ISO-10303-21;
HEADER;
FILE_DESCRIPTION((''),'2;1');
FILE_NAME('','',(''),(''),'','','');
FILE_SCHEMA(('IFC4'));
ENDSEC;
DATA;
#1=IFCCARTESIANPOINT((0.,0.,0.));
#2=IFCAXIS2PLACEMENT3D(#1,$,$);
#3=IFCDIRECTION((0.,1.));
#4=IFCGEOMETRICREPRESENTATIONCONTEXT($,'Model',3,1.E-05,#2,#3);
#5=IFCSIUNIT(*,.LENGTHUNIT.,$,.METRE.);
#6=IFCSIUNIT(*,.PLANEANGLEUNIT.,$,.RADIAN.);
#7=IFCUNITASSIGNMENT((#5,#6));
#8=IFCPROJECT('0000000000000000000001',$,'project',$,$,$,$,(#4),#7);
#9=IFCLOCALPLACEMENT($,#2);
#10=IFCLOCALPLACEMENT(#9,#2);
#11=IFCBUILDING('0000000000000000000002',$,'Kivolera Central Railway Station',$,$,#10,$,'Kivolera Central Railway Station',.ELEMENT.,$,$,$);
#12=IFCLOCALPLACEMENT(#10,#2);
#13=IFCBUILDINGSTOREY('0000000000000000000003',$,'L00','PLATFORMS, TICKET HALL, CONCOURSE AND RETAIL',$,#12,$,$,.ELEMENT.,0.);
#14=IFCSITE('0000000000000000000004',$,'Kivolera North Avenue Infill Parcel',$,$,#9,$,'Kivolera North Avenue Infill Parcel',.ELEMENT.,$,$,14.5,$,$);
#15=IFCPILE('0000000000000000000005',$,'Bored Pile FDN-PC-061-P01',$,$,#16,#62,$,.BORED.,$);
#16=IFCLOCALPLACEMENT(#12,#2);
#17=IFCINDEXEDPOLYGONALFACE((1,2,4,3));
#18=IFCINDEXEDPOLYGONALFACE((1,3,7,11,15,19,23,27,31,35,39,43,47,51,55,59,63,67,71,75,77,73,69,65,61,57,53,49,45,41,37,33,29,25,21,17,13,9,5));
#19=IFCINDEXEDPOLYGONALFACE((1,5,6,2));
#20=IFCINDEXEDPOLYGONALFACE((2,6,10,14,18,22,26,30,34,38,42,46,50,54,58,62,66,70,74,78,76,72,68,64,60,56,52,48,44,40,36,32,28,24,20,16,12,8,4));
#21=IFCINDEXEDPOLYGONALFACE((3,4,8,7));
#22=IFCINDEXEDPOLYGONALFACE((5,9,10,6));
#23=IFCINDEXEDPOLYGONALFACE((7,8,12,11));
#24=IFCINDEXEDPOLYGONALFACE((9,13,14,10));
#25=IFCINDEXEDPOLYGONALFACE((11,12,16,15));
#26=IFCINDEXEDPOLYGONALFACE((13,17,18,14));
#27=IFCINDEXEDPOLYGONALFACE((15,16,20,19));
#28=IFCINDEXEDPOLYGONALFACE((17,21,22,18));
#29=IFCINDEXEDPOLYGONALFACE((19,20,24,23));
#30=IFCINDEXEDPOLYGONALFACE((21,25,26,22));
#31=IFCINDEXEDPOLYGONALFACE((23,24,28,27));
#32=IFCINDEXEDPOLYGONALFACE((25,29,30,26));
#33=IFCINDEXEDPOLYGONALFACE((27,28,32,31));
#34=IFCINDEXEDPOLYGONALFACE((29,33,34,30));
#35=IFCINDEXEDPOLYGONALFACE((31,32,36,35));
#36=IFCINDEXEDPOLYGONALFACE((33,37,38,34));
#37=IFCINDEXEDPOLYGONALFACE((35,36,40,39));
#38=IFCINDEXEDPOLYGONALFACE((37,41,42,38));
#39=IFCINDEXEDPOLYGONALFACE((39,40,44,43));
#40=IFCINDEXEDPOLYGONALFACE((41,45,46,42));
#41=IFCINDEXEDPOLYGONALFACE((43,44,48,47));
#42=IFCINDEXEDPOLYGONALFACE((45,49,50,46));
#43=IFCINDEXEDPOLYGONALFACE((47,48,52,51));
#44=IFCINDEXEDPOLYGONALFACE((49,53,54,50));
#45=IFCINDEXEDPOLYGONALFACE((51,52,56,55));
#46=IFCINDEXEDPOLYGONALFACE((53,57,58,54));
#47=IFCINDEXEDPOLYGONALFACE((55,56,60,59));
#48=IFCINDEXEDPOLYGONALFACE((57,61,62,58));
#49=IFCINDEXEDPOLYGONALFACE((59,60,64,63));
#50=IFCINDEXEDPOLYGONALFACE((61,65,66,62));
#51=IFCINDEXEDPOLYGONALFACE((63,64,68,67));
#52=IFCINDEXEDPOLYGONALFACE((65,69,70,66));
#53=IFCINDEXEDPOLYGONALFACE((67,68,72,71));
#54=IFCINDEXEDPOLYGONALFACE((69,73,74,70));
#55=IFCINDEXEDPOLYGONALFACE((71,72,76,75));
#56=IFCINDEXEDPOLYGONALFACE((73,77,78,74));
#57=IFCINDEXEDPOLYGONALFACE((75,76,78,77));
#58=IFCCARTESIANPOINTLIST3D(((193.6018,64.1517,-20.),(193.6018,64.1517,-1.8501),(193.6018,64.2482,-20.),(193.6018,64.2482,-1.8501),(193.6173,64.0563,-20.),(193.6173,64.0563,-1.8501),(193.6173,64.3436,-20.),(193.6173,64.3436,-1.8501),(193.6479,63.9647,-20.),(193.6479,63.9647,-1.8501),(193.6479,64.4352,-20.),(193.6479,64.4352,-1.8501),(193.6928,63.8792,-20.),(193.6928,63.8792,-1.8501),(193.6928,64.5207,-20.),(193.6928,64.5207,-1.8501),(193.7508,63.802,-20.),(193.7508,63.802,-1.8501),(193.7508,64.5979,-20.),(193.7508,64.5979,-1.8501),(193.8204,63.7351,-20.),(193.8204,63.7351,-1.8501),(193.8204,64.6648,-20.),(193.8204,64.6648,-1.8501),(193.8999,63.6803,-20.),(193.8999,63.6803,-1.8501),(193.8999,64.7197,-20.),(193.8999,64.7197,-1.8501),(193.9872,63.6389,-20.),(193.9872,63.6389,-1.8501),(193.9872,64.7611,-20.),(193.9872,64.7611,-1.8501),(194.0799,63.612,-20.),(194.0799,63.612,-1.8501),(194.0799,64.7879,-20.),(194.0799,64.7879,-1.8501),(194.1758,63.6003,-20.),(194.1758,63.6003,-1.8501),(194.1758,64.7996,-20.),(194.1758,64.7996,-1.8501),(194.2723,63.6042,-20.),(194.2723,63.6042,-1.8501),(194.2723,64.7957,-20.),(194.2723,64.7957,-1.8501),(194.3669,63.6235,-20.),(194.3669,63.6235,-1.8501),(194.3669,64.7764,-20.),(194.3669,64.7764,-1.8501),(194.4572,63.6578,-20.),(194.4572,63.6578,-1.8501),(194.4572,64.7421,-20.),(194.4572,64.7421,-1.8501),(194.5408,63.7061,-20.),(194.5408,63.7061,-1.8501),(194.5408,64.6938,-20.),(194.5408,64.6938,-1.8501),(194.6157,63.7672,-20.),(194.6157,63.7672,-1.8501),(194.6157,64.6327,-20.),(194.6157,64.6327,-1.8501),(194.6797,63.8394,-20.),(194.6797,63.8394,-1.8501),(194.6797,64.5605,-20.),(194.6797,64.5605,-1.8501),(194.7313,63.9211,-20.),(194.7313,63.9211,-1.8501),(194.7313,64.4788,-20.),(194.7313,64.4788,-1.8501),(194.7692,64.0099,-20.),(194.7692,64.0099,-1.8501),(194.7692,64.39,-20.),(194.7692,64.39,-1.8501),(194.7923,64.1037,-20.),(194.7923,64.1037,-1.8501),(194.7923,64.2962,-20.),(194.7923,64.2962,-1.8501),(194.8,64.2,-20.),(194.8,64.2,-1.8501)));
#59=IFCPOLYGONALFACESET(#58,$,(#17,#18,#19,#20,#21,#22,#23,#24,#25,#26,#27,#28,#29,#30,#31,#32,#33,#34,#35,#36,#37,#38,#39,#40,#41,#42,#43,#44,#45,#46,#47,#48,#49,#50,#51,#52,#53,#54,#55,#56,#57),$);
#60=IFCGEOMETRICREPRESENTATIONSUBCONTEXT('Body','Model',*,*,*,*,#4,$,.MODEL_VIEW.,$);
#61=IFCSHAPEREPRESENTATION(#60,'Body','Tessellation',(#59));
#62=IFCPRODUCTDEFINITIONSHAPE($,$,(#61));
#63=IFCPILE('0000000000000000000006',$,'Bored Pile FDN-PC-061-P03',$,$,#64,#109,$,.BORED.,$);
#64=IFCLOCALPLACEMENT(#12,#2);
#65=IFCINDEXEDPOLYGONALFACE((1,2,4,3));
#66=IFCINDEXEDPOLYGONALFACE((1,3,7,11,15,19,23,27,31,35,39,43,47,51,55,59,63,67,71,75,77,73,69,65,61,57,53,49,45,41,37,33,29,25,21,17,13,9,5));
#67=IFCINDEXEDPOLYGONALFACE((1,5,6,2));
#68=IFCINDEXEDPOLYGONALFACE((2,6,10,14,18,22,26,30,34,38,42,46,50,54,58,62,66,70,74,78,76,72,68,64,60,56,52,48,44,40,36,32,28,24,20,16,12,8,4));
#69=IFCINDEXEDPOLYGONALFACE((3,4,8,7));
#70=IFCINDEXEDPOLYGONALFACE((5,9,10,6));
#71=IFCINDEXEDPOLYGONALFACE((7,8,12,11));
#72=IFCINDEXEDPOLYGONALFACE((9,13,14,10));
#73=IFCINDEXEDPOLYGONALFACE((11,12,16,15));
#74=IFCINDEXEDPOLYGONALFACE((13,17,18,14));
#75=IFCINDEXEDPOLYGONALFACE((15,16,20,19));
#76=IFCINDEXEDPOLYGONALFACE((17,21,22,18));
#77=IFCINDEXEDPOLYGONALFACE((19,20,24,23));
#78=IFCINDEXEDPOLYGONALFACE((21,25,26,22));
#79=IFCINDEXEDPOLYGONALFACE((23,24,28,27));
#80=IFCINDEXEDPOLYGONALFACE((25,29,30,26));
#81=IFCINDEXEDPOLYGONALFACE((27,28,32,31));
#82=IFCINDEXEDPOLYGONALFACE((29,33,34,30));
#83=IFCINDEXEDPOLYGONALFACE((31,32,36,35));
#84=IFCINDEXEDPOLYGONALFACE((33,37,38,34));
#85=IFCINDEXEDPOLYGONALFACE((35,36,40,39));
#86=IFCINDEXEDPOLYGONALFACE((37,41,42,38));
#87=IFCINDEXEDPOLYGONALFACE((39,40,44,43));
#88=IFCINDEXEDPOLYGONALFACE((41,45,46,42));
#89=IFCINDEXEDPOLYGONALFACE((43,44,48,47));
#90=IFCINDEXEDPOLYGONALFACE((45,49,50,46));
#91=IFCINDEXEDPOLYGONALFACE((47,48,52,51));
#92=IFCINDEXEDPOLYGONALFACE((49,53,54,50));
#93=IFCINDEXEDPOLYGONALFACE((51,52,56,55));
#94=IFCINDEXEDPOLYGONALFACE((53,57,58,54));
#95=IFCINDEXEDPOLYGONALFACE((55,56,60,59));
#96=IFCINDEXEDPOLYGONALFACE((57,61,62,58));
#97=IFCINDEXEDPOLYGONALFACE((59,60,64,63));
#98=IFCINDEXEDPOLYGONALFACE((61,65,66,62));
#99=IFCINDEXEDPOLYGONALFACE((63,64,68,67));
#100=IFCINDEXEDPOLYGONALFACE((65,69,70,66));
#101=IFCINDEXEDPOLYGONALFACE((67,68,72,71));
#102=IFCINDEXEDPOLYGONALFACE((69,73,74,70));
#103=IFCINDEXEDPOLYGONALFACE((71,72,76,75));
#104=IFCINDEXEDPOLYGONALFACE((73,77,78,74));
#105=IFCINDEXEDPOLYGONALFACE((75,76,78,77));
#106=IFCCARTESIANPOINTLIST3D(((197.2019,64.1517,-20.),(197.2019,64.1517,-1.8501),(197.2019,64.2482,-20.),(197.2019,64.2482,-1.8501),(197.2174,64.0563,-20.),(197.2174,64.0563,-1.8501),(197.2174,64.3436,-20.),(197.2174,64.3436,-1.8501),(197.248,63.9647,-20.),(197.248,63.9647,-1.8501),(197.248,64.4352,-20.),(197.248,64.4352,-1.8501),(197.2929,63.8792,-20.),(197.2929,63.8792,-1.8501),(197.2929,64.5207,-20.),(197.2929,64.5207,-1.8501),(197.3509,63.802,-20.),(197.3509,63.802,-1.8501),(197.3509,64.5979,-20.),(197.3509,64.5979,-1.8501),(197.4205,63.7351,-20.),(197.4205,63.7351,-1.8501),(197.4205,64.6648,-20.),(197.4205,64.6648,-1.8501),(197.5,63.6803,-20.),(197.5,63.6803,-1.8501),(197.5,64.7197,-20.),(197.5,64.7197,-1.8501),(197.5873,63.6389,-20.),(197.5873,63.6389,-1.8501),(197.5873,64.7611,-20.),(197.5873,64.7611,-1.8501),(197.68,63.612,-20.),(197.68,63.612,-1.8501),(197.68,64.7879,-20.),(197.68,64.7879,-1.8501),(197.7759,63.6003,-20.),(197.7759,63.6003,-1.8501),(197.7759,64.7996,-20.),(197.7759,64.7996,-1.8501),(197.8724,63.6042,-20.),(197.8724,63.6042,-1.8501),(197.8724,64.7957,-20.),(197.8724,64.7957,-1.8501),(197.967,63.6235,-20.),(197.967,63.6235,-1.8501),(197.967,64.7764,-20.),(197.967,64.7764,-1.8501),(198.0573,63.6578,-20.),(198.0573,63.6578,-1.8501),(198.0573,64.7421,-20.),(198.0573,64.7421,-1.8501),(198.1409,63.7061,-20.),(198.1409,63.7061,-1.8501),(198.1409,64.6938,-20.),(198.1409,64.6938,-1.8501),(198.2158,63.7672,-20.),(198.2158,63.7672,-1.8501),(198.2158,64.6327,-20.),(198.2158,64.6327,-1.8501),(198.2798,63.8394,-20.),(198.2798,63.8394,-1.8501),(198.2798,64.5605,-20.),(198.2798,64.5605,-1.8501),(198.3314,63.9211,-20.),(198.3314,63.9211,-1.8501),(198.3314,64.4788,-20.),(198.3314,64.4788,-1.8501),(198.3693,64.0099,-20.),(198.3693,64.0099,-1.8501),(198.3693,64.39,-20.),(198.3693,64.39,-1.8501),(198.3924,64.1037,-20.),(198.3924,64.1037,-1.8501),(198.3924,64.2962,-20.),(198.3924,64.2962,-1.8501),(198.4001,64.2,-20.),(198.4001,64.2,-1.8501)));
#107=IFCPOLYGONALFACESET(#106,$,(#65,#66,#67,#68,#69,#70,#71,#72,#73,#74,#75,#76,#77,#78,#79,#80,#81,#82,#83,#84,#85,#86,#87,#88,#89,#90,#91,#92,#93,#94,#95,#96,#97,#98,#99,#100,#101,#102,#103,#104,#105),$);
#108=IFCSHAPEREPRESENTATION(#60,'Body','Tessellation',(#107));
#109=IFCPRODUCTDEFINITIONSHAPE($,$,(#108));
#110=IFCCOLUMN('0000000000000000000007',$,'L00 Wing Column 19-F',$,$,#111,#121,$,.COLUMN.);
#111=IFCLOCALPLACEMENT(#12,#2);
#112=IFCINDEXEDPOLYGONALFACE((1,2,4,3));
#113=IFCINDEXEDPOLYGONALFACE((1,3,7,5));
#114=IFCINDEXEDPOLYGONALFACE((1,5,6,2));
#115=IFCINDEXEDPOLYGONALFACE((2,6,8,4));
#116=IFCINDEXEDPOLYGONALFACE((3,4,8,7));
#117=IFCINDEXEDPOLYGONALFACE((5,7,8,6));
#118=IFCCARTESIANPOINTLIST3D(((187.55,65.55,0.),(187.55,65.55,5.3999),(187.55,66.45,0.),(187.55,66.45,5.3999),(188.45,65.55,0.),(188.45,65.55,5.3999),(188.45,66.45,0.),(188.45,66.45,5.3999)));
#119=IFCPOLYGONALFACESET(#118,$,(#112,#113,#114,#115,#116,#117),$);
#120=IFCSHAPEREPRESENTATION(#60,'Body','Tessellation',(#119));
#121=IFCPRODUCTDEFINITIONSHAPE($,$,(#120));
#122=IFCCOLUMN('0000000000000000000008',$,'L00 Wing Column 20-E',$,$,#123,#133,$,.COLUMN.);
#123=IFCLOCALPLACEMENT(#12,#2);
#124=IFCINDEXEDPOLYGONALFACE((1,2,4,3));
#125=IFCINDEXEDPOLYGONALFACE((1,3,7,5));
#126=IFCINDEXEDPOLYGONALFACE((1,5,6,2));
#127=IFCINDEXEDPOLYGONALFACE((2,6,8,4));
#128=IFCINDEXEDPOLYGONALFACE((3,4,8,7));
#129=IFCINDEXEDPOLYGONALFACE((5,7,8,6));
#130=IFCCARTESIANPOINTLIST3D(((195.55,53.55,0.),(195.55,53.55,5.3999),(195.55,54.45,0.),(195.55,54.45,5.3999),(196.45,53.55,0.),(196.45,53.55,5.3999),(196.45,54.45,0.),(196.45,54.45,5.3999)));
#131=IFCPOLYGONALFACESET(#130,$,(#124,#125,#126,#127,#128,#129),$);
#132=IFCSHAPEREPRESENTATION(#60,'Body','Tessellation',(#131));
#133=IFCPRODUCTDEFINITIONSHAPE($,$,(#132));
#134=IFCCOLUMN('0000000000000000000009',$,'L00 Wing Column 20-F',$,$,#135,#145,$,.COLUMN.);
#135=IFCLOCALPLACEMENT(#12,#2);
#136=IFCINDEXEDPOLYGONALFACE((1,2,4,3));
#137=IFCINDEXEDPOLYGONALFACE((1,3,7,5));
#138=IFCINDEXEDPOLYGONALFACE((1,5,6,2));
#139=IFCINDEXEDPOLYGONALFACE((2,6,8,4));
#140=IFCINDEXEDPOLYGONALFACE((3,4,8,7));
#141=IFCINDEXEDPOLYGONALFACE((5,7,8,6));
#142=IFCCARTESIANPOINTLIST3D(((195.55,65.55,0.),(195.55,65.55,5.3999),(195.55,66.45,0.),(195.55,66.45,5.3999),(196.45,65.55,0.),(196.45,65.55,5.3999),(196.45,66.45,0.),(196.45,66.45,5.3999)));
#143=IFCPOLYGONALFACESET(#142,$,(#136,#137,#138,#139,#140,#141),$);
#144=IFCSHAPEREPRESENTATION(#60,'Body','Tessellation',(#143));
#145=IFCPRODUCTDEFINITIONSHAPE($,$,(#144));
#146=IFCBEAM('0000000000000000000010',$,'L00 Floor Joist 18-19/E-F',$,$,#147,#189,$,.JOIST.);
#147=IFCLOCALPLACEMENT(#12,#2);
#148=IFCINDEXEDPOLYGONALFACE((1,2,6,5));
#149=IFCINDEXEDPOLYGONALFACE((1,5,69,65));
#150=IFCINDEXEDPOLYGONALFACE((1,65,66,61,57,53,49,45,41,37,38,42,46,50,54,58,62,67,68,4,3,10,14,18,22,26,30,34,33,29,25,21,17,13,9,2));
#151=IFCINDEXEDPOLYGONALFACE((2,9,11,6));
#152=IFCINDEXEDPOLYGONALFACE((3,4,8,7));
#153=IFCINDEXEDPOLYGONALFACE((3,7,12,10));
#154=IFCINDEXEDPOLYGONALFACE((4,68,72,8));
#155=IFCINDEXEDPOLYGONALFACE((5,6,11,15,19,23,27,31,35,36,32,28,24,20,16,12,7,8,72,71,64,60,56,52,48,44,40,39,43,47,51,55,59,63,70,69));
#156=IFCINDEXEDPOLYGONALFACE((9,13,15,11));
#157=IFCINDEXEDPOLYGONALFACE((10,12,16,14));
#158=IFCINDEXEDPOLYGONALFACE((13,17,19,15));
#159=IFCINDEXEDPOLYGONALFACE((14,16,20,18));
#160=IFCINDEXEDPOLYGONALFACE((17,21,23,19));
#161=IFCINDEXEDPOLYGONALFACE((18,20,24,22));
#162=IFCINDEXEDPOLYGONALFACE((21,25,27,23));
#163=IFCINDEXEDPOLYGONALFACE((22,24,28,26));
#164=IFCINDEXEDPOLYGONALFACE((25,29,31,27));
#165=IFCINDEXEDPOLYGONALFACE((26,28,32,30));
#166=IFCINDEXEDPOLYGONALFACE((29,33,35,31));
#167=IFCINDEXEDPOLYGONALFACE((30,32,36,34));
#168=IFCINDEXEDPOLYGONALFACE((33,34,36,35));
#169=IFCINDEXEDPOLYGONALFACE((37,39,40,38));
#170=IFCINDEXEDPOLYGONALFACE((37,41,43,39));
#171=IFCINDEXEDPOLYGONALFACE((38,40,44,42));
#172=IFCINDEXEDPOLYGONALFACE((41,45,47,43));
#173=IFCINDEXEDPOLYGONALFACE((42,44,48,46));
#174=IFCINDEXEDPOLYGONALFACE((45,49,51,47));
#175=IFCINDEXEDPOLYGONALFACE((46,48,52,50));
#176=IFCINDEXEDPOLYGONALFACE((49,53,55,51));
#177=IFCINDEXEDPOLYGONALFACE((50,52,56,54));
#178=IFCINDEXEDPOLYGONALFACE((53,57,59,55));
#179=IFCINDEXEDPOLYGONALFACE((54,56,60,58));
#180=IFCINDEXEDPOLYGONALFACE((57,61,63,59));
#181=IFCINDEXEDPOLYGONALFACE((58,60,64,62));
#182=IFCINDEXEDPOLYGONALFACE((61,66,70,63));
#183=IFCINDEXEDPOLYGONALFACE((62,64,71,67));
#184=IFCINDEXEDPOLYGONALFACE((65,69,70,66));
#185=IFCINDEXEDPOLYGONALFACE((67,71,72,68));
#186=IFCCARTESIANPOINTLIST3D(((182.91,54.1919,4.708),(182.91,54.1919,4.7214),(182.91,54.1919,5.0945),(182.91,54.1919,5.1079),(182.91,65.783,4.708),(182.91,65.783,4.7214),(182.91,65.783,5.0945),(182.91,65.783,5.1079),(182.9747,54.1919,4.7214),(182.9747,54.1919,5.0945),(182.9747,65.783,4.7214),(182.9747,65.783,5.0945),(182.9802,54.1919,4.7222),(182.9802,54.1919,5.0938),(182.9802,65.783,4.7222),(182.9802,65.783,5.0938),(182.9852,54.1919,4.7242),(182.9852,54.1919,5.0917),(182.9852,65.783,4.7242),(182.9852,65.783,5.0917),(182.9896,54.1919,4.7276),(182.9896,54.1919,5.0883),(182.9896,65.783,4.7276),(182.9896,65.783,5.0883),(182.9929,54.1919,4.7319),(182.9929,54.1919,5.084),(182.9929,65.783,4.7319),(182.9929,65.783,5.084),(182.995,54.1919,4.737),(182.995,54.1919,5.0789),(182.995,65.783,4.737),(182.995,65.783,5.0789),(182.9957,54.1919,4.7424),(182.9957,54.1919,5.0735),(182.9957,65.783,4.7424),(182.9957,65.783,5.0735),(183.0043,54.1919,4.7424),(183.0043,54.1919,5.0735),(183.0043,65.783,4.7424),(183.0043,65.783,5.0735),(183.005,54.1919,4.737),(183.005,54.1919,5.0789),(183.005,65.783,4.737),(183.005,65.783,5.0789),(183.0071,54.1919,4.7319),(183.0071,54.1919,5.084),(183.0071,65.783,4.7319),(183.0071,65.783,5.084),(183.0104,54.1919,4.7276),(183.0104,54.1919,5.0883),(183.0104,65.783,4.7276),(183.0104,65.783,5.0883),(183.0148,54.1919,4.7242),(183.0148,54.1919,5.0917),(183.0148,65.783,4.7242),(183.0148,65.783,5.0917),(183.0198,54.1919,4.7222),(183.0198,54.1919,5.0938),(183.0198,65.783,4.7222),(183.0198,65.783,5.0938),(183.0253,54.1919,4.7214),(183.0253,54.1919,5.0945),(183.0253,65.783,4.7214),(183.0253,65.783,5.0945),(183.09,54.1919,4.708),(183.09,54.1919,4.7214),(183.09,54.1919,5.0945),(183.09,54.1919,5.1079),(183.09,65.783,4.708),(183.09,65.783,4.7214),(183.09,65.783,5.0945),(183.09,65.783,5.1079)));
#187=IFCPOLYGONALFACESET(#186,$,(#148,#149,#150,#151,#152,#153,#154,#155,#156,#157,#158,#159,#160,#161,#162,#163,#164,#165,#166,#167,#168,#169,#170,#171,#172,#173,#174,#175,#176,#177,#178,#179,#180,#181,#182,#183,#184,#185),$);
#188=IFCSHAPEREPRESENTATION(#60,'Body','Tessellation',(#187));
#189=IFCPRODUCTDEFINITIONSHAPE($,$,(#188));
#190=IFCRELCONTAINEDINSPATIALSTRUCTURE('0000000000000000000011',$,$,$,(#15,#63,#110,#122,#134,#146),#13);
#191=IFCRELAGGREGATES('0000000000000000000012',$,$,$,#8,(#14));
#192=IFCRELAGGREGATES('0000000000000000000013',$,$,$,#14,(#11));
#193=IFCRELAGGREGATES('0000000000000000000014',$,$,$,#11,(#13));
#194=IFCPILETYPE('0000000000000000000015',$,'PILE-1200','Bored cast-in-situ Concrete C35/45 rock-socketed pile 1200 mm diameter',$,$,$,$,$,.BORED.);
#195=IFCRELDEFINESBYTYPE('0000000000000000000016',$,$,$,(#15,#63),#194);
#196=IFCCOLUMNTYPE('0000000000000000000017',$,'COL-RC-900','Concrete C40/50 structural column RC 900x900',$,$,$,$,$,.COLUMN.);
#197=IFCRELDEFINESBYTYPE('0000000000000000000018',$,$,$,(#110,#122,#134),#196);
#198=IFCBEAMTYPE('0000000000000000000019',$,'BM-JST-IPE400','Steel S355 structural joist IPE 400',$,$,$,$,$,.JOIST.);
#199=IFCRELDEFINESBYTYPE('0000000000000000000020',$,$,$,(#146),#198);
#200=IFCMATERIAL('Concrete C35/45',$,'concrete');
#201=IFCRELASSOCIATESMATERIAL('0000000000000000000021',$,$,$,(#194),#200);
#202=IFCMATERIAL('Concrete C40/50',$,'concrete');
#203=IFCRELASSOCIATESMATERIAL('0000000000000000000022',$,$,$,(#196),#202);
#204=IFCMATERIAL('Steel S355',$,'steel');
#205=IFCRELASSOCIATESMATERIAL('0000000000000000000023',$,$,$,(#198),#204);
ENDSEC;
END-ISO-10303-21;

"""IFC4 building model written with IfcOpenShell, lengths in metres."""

from ifc_helpers import new_model, si_unit, direction, frame, origin, origin_2d, place, context, subcontext, project, spatial, rectangle, circle, i_section, extrude, material, material_profile, profile_set, type_object, element, save


model = new_model("IFC4")

# Units and contexts
model_context = context("Model", 3, precision=1e-05, world=origin(), true_north=direction((0.0, 1.0)))
body_context = subcontext(model_context, "Body", "Model", "MODEL_VIEW")
ifc_project = project(units=[si_unit("LENGTHUNIT", "METRE"), si_unit("PLANEANGLEUNIT", "RADIAN")], contexts=[model_context])

# Site, building, storey
site_placement = place(None, origin())
site = spatial("IfcSite", under=ifc_project, at=site_placement, Name="Kivolera North Avenue Infill Parcel", LongName="Kivolera North Avenue Infill Parcel", CompositionType="ELEMENT", RefElevation=14.5)
building_placement = place(site_placement, origin())
building = spatial("IfcBuilding", under=site, at=building_placement, Name="Kivolera Central Railway Station", LongName="Kivolera Central Railway Station", CompositionType="ELEMENT")
storey_placement = place(building_placement, origin())
storey = spatial("IfcBuildingStorey", under=building, at=storey_placement, Name="L00", Description="PLATFORMS, TICKET HALL, CONCOURSE AND RETAIL", CompositionType="ELEMENT", Elevation=0.0)

# Shared definitions
ifc_material_1 = material(Name="Concrete C35/45", Category="concrete")

# Piles
ifc_material_profile_1 = material_profile(ifc_material_1, circle(Radius=0.6001, at=origin_2d()), Name="PILE D1200")
ifc_profile_set_1 = profile_set([ifc_material_profile_1], Name="Concrete C35/45")
pile_type = type_object("IfcPileType", Name="PILE-1200", Description="Bored cast-in-situ Concrete C35/45 rock-socketed pile 1200 mm diameter", PredefinedType="BORED", material=ifc_profile_set_1)
for number, where, z_axis, x_axis, name in (
    (1, (194.2, 64.2, -1.8501), (0.0, 0.0, -1.0), (1.0, 0.0, 0.0), "Bored Pile FDN-PC-061-P01"),
    (2, (197.8, 64.2, -1.8501), (0.0, 0.0, -1.0), (1.0, 0.0, 0.0), "Bored Pile FDN-PC-061-P03"),
):
    element("IfcPile", number, at=place(storey_placement, frame(where, z_axis=z_axis, x_axis=x_axis)), inside=storey, type_object=pile_type, Name=name, PredefinedType="BORED", context=body_context, shape_type="SweptSolid", body=[
        extrude(circle(Radius=0.6001, at=origin_2d()), origin(), (0.0, 0.0, 1.0), 18.1499),
    ])

# Columns
ifc_material_2 = material(Name="Concrete C40/50", Category="concrete")
ifc_material_profile_2 = material_profile(ifc_material_2, rectangle(XDim=0.8999, YDim=0.8999, at=origin_2d()), Name="RC 900x900")
ifc_profile_set_2 = profile_set([ifc_material_profile_2], Name="Concrete C40/50")
column_type = type_object("IfcColumnType", Name="COL-RC-900", Description="Concrete C40/50 structural column RC 900x900", PredefinedType="COLUMN", material=ifc_profile_set_2)
for number, where, z_axis, x_axis, name in (
    (3, (188.0, 66.0, 0.0), (0.0, 0.0, 1.0), (1.0, 0.0, 0.0), "L00 Wing Column 19-F"),
    (4, (196.0, 54.0, 0.0), (0.0, 0.0, 1.0), (1.0, 0.0, 0.0), "L00 Wing Column 20-E"),
    (5, (196.0, 66.0, 0.0), (0.0, 0.0, 1.0), (1.0, 0.0, 0.0), "L00 Wing Column 20-F"),
):
    element("IfcColumn", number, at=place(storey_placement, frame(where, z_axis=z_axis, x_axis=x_axis)), inside=storey, type_object=column_type, Name=name, PredefinedType="COLUMN", context=body_context, shape_type="SweptSolid", body=[
        extrude(rectangle(XDim=0.8999, YDim=0.8999, at=origin_2d()), origin(), (0.0, 0.0, 1.0), 5.3999),
    ])

# Beam
ifc_material_3 = material(Name="Steel S355", Category="steel")
ifc_material_profile_3 = material_profile(ifc_material_3, i_section(OverallWidth=0.1799, OverallDepth=0.3999, WebThickness=0.0085, FlangeThickness=0.0134, FilletRadius=0.021, at=origin_2d()), Name="IPE 400")
ifc_profile_set_3 = profile_set([ifc_material_profile_3], Name="Steel S355")
beam_type_1 = type_object("IfcBeamType", Name="BM-JST-IPE400", Description="Steel S355 structural joist IPE 400", PredefinedType="JOIST", material=ifc_profile_set_3)
for number, where, z_axis, x_axis, name in (
    (6, (183.0, 54.1919, 4.908), (0.0, 1.0, 0.0), (-1.0, 0.0, 0.0), "L00 Floor Joist 18-19/E-F"),
):
    element("IfcBeam", number, at=place(storey_placement, frame(where, z_axis=z_axis, x_axis=x_axis)), inside=storey, type_object=beam_type_1, Name=name, PredefinedType="JOIST", context=body_context, shape_type="SweptSolid", body=[
        extrude(i_section(OverallWidth=0.1799, OverallDepth=0.3999, WebThickness=0.0085, FlangeThickness=0.0134, FilletRadius=0.021, at=origin_2d()), origin(), (0.0, 0.0, 1.0), 11.5911),
    ])

save(model, "model.ifc")
